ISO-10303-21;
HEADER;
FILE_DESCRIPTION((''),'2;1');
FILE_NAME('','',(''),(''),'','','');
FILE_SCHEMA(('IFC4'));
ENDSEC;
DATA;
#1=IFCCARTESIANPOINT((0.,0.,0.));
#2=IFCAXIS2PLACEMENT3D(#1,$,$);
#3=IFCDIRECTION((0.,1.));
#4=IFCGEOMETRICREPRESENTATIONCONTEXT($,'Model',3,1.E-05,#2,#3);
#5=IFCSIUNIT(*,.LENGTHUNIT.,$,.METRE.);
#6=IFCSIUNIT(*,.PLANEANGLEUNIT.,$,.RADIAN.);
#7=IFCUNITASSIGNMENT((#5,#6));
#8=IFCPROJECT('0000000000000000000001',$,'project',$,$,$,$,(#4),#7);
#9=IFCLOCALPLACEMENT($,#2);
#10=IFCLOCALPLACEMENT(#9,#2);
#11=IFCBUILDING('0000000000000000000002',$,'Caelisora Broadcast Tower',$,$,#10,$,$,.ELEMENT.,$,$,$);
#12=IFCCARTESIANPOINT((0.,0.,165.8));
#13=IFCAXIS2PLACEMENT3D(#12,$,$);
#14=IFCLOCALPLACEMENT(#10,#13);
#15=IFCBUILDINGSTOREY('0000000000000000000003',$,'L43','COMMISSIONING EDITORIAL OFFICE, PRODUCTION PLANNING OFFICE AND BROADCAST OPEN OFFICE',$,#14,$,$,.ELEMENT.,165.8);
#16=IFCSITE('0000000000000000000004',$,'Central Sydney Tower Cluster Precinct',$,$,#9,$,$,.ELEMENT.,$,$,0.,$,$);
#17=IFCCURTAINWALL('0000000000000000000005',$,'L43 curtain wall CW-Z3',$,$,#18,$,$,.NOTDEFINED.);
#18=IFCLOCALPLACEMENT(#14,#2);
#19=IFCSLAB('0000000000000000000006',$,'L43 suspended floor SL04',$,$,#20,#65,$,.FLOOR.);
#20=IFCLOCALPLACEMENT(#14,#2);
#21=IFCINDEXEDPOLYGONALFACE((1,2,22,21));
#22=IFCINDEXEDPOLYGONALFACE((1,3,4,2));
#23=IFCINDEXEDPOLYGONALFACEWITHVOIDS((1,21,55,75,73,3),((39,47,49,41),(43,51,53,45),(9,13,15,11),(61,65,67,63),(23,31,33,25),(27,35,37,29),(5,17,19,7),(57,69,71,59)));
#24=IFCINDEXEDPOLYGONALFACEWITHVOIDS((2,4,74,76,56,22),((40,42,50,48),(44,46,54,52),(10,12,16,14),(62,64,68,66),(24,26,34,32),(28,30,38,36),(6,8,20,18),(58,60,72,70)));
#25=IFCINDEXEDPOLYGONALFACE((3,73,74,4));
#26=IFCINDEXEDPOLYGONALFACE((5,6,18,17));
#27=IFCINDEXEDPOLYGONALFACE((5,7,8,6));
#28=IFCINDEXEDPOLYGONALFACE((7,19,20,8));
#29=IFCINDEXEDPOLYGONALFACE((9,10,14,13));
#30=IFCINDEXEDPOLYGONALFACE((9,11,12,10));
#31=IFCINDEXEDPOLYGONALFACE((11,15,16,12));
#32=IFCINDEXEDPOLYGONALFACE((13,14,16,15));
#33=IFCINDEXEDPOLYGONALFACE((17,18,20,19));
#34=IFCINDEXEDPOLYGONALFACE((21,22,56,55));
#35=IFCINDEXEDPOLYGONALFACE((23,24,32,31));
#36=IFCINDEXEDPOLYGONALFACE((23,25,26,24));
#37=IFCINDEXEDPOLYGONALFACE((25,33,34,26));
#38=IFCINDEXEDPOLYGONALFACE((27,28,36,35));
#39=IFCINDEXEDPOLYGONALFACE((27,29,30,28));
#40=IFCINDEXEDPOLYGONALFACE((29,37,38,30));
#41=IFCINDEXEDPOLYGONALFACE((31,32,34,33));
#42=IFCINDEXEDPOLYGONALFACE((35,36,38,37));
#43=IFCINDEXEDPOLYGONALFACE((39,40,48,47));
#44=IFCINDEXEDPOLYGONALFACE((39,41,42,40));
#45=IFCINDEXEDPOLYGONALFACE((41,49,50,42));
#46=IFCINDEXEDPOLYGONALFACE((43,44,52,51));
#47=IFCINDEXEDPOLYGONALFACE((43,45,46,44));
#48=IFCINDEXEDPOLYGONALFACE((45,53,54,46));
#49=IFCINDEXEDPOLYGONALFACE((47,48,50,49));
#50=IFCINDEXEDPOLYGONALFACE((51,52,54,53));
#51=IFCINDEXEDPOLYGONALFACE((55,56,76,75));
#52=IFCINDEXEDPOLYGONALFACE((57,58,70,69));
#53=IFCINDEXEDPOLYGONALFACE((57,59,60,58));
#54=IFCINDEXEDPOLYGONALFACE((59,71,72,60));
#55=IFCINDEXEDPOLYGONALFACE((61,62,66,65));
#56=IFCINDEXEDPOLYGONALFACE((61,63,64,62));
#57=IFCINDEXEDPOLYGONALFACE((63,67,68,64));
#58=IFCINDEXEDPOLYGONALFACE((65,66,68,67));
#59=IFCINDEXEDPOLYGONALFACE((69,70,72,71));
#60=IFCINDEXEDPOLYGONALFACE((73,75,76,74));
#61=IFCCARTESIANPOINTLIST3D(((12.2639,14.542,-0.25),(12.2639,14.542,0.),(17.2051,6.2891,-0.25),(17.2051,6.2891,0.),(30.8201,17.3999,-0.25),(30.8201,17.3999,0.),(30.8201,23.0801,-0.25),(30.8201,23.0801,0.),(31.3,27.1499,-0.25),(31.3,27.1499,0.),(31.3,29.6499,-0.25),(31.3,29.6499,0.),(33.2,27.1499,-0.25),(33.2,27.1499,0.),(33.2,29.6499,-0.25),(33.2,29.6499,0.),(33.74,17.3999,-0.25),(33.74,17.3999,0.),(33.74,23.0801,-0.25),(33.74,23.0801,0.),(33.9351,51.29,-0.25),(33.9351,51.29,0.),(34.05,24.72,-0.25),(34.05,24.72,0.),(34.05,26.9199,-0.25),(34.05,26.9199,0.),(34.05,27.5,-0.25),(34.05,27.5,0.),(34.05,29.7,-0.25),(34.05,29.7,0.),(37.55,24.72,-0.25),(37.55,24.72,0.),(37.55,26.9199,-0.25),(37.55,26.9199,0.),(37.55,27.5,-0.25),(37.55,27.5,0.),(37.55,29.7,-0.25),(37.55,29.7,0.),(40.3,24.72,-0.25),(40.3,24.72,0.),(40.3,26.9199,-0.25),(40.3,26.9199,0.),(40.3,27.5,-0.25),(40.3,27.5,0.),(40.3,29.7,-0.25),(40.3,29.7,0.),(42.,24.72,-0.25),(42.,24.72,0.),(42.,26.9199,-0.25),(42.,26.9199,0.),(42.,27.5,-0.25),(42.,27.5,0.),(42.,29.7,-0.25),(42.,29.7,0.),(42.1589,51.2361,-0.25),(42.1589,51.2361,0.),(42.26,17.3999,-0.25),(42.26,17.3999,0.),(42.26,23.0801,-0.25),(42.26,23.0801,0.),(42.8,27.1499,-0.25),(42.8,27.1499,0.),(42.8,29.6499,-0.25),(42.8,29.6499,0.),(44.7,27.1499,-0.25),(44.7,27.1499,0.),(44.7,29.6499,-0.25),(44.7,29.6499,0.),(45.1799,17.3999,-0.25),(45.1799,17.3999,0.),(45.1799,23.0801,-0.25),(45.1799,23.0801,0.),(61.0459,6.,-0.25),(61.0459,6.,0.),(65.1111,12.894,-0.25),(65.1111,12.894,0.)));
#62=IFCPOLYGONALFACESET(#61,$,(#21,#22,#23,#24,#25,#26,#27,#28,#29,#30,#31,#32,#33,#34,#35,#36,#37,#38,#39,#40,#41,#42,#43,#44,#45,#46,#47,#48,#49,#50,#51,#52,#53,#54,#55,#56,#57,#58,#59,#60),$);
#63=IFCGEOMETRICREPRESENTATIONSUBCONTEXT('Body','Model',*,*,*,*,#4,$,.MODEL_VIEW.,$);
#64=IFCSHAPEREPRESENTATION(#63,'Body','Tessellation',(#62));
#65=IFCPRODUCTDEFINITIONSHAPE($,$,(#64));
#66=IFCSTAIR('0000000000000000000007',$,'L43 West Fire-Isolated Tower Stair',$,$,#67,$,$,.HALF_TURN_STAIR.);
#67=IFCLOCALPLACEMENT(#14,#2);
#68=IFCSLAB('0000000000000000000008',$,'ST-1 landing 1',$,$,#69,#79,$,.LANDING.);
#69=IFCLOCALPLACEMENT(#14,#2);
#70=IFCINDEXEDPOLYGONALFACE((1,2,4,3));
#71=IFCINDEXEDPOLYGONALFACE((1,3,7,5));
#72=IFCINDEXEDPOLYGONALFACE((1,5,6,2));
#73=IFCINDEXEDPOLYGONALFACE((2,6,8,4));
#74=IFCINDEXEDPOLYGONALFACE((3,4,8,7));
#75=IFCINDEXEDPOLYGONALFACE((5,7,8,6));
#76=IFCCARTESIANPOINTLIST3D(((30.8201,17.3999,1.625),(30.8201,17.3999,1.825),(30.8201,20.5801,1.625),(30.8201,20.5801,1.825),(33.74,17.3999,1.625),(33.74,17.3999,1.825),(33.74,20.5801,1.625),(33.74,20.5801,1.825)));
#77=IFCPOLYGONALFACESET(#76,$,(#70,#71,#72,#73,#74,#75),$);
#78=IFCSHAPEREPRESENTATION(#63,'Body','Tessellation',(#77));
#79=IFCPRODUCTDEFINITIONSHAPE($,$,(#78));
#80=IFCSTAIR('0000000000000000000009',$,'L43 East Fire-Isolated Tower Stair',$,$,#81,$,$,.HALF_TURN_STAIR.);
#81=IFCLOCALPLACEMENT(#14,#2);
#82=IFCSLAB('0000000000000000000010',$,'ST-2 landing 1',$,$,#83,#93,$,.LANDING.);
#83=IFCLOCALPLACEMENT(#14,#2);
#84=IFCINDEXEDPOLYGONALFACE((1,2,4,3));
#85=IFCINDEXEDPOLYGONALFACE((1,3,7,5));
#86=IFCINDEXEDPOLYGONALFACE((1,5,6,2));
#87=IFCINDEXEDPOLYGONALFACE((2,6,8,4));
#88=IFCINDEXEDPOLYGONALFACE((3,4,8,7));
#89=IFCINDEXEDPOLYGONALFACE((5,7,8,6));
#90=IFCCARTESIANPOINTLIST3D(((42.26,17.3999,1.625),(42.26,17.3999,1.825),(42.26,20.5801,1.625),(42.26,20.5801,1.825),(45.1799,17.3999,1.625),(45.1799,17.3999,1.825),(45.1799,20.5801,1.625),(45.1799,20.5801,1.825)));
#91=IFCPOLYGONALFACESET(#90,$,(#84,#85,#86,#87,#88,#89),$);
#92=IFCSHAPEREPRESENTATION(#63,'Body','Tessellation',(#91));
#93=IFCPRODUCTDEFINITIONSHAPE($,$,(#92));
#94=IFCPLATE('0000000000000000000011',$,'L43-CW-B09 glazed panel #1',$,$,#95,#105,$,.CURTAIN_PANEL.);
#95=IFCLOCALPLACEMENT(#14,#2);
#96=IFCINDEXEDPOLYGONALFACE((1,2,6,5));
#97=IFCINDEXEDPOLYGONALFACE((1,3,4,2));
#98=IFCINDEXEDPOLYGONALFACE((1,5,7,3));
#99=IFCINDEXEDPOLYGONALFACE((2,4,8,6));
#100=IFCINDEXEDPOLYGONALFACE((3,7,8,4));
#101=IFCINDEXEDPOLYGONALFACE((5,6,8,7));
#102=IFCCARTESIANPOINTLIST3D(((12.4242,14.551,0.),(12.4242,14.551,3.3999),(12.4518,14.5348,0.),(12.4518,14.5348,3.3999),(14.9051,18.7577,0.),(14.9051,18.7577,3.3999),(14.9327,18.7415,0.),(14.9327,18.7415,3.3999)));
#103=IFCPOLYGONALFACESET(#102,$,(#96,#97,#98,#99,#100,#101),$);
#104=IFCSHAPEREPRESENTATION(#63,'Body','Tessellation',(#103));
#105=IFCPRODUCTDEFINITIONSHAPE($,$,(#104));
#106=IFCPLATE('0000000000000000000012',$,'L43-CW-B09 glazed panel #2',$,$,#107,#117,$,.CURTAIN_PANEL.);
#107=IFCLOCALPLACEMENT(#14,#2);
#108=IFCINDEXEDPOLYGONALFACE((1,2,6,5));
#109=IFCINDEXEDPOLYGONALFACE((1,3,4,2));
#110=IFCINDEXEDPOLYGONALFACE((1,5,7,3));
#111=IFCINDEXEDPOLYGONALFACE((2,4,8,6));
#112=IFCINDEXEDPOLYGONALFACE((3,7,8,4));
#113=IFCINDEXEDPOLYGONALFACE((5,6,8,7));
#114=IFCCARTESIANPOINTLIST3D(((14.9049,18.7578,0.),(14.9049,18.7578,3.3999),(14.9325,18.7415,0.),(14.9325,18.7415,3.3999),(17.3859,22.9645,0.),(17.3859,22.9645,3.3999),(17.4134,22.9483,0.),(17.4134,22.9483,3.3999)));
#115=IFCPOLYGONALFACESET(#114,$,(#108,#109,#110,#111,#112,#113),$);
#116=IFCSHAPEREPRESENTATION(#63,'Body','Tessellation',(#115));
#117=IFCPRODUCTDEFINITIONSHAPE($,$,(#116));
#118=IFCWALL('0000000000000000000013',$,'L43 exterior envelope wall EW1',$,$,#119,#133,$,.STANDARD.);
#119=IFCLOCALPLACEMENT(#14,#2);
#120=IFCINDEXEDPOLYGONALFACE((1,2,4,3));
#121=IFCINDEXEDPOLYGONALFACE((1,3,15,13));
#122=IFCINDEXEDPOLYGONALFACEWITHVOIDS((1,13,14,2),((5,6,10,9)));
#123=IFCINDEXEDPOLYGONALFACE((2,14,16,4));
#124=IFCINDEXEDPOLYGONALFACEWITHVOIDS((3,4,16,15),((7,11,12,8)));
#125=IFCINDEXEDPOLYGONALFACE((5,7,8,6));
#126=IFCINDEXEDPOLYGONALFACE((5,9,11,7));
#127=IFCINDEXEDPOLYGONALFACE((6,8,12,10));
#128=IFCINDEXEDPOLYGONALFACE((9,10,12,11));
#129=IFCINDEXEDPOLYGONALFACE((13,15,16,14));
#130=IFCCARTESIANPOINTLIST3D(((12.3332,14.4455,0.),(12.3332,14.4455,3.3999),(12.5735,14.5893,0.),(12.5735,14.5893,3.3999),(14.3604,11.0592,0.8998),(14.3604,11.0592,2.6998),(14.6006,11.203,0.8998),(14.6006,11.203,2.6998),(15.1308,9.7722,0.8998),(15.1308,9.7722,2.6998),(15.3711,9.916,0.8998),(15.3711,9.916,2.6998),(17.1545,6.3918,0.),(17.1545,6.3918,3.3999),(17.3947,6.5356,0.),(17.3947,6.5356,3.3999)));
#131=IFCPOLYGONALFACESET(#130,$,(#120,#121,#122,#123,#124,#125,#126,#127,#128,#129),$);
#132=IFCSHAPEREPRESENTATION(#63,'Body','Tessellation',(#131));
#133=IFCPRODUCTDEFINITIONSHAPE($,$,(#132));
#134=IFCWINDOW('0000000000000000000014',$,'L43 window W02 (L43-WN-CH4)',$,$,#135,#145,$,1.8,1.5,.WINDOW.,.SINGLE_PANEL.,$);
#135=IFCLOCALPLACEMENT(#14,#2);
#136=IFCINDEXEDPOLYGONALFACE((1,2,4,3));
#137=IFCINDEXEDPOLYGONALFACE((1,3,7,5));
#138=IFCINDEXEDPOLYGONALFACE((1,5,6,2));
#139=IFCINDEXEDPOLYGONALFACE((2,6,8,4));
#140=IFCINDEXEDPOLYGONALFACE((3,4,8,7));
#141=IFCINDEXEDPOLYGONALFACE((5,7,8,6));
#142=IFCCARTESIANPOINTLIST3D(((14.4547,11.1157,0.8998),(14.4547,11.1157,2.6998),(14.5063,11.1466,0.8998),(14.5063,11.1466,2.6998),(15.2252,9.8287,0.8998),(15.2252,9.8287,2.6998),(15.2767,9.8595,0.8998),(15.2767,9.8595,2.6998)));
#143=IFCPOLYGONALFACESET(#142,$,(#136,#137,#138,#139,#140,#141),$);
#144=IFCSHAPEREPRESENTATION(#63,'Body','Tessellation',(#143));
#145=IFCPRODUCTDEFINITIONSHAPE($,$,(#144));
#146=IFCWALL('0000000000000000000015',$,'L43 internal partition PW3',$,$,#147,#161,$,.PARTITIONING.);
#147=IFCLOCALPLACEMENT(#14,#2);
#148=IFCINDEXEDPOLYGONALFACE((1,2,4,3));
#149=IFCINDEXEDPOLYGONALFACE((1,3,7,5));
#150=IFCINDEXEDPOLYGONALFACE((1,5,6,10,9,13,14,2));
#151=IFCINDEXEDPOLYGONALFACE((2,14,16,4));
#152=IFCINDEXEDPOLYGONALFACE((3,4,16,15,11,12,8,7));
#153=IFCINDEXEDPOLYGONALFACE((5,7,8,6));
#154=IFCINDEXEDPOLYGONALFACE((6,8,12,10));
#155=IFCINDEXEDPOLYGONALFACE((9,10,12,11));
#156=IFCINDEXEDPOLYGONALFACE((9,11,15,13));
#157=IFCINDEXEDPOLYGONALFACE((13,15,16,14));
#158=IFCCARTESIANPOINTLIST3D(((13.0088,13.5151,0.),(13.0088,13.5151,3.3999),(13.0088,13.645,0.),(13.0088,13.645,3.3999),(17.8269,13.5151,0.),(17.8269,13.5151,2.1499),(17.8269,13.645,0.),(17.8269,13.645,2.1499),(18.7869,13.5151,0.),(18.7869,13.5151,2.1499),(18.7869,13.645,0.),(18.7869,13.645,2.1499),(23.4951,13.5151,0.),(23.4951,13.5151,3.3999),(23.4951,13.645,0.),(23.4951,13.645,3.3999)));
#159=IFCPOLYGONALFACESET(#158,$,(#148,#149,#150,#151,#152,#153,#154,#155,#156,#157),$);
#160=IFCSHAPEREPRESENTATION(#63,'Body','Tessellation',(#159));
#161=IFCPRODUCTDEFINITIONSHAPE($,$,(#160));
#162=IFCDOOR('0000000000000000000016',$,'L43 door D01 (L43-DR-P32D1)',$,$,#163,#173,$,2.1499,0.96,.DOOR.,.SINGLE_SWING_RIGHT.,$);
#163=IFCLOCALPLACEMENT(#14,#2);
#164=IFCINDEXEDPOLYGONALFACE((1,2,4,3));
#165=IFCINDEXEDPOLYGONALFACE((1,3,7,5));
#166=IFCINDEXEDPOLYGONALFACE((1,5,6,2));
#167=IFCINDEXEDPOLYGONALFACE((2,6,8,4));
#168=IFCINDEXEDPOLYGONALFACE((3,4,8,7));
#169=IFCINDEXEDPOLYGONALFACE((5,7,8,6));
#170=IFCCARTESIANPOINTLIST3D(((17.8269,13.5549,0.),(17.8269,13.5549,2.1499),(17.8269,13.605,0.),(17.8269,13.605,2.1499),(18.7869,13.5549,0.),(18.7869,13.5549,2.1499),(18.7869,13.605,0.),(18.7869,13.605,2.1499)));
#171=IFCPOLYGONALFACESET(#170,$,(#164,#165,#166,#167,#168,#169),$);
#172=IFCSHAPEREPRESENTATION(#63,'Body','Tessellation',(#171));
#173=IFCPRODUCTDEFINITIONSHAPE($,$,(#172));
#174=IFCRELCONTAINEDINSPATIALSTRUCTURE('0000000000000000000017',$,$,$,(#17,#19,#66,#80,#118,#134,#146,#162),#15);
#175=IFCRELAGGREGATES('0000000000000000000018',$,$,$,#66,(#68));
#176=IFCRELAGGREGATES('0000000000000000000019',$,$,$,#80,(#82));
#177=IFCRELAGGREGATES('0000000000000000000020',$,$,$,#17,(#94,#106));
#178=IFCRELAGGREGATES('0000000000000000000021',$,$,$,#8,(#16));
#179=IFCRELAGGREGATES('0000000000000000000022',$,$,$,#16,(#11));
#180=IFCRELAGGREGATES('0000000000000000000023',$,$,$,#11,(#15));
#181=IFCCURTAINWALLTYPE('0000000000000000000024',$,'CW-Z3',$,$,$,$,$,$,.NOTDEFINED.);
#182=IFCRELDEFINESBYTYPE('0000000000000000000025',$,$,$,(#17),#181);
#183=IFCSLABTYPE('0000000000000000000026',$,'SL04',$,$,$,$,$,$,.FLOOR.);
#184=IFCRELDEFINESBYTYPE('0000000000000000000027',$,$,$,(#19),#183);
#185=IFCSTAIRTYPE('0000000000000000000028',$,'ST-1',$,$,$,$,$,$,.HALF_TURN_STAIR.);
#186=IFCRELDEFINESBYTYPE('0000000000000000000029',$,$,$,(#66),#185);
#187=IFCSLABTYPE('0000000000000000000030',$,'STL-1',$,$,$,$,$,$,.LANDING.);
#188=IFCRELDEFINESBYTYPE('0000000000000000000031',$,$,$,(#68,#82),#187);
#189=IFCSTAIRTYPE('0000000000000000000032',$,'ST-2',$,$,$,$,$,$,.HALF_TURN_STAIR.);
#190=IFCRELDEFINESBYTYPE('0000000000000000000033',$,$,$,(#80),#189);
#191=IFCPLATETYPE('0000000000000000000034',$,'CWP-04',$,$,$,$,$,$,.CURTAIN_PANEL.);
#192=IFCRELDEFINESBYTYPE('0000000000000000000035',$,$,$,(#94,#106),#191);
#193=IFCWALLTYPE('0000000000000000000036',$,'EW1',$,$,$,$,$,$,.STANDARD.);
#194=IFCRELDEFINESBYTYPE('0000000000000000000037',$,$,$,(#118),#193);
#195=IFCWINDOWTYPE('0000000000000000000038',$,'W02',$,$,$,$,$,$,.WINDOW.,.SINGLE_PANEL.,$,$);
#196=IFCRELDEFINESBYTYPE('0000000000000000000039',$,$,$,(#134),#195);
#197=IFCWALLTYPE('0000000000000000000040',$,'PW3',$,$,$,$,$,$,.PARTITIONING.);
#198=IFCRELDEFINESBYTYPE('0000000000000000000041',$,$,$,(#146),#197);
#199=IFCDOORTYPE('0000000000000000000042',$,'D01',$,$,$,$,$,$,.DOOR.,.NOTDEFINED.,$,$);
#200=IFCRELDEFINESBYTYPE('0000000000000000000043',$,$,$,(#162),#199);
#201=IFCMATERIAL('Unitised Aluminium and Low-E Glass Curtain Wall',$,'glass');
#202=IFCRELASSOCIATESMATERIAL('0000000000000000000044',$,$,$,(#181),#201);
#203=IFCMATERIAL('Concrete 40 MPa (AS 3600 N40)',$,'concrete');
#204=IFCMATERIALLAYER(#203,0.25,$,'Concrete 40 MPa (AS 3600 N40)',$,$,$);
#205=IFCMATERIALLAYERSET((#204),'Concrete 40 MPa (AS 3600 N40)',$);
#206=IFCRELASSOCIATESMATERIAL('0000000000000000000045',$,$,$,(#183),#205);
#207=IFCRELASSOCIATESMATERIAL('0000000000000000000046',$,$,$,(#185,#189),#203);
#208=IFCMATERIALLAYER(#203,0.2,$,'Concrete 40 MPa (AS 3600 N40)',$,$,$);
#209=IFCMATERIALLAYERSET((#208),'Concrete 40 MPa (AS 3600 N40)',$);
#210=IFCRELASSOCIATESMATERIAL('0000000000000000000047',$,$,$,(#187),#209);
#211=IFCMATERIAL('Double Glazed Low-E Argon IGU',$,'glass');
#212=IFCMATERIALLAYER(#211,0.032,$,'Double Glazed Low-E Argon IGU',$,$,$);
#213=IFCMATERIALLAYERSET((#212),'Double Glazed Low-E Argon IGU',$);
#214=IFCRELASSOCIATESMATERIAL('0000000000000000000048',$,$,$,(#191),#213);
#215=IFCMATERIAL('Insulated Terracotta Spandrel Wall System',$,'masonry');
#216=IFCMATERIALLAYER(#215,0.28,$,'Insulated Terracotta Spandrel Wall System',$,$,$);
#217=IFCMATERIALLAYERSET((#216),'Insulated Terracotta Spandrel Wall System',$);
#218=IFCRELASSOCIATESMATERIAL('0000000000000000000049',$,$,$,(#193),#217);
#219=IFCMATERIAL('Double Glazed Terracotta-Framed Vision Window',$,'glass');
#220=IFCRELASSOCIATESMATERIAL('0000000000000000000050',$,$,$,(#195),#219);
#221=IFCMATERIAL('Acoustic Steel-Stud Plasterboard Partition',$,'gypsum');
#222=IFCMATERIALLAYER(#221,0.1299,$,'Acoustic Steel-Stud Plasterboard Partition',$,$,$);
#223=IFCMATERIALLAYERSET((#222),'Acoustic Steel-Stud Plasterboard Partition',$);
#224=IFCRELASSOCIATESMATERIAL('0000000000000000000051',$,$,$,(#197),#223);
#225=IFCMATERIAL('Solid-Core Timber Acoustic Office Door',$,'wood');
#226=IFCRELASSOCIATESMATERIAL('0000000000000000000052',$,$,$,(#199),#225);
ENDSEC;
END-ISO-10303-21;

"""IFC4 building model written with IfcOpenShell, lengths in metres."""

from ifc_helpers import new_model, si_unit, direction, frame, frame_2d, origin, origin_2d, place, context, subcontext, project, spatial, polyline, rectangle, outline, extrude, source, transform, mapped, material, layer, layer_set, type_object, type_shapes, element, fill, aggregate, save


model = new_model("IFC4")

# Units and contexts
model_context = context("Model", 3, precision=1e-05, world=origin(), true_north=direction((0.0, 1.0)))
body_context = subcontext(model_context, "Body", "Model", "MODEL_VIEW")
ifc_project = project(units=[si_unit("LENGTHUNIT", "METRE"), si_unit("PLANEANGLEUNIT", "RADIAN")], contexts=[model_context])

# Site, building, storey
site_placement = place(None, origin())
site = spatial("IfcSite", under=ifc_project, at=site_placement, Name="Central Sydney Tower Cluster Precinct", CompositionType="ELEMENT", RefElevation=0.0)
building_placement = place(site_placement, origin())
building = spatial("IfcBuilding", under=site, at=building_placement, Name="Caelisora Broadcast Tower", CompositionType="ELEMENT")
storey_placement = place(building_placement, frame((0.0, 0.0, 165.8)))
storey = spatial("IfcBuildingStorey", under=building, at=storey_placement, Name="L43", Description="COMMISSIONING EDITORIAL OFFICE, PRODUCTION PLANNING OFFICE AND BROADCAST OPEN OFFICE", CompositionType="ELEMENT", Elevation=165.8)

# Shared definitions
ifc_material_1 = material(Name="Unitised Aluminium and Low-E Glass Curtain Wall", Category="glass")
curtain_wall_type = type_object("IfcCurtainWallType", Name="CW-Z3", PredefinedType="NOTDEFINED", material=ifc_material_1)

# Curtain wall
curtain_wall_1_placement = place(storey_placement, origin())
curtain_wall_1 = element("IfcCurtainWall", 1, at=curtain_wall_1_placement, inside=storey, type_object=curtain_wall_type, Name="L43 curtain wall CW-Z3", PredefinedType="NOTDEFINED")

# Slab
ifc_material_2 = material(Name="Concrete 40 MPa (AS 3600 N40)", Category="concrete")
ifc_layer_1 = layer(ifc_material_2, 0.25, Name="Concrete 40 MPa (AS 3600 N40)")
ifc_layer_set_1 = layer_set([ifc_layer_1], Name="Concrete 40 MPa (AS 3600 N40)")
slab_type_1 = type_object("IfcSlabType", Name="SL04", PredefinedType="FLOOR", material=ifc_layer_set_1)
slab_1_placement = place(storey_placement, frame((0.0, 0.0, -0.25)))
element("IfcSlab", 2, at=slab_1_placement, inside=storey, type_object=slab_type_1, Name="L43 suspended floor SL04", PredefinedType="FLOOR", context=body_context, shape_type="SweptSolid", body=[
    extrude(outline(polyline([(42.1589, 51.2361), (33.9351, 51.29), (12.2639, 14.542), (17.2051, 6.2891), (61.0459, 6.0), (65.1111, 12.894), (42.1589, 51.2361)]), holes=[polyline([(30.8201, 17.3999), (33.74, 17.3999), (33.74, 23.0801), (30.8201, 23.0801), (30.8201, 17.3999)]), polyline([(42.26, 17.3999), (45.1799, 17.3999), (45.1799, 23.0801), (42.26, 23.0801), (42.26, 17.3999)]), polyline([(42.8, 27.1499), (44.7, 27.1499), (44.7, 29.6499), (42.8, 29.6499), (42.8, 27.1499)]), polyline([(40.3, 24.72), (42.0, 24.72), (42.0, 26.9199), (40.3, 26.9199), (40.3, 24.72)]), polyline([(40.3, 27.5), (42.0, 27.5), (42.0, 29.7), (40.3, 29.7), (40.3, 27.5)]), polyline([(34.05, 24.72), (37.55, 24.72), (37.55, 26.9199), (34.05, 26.9199), (34.05, 24.72)]), polyline([(34.05, 27.5), (37.55, 27.5), (37.55, 29.7), (34.05, 29.7), (34.05, 27.5)]), polyline([(31.3, 27.1499), (33.2, 27.1499), (33.2, 29.6499), (31.3, 29.6499), (31.3, 27.1499)])]), origin(), (0.0, 0.0, 1.0), 0.25),
])

# Stairs, slabs
stair_type_1 = type_object("IfcStairType", Name="ST-1", PredefinedType="HALF_TURN_STAIR", material=ifc_material_2)
stair_1_placement = place(storey_placement, origin())
stair_1 = element("IfcStair", 3, at=stair_1_placement, inside=storey, type_object=stair_type_1, Name="L43 West Fire-Isolated Tower Stair", PredefinedType="HALF_TURN_STAIR")
ifc_layer_2 = layer(ifc_material_2, 0.2, Name="Concrete 40 MPa (AS 3600 N40)")
ifc_layer_set_2 = layer_set([ifc_layer_2], Name="Concrete 40 MPa (AS 3600 N40)")
slab_type_2 = type_object("IfcSlabType", Name="STL-1", PredefinedType="LANDING", material=ifc_layer_set_2)
slab_2_placement = place(storey_placement, frame((0.0, 0.0, 1.625)))
slab_2 = element("IfcSlab", 4, at=slab_2_placement, type_object=slab_type_2, Name="ST-1 landing 1", PredefinedType="LANDING", context=body_context, shape_type="SweptSolid", body=[
    extrude(outline(polyline([(30.8201, 20.5801), (30.8201, 17.3999), (33.74, 17.3999), (33.74, 20.5801), (30.8201, 20.5801)])), origin(), (0.0, 0.0, 1.0), 0.2),
])
aggregate(stair_1, [slab_2])
stair_type_2 = type_object("IfcStairType", Name="ST-2", PredefinedType="HALF_TURN_STAIR", material=ifc_material_2)
stair_2_placement = place(storey_placement, origin())
stair_2 = element("IfcStair", 5, at=stair_2_placement, inside=storey, type_object=stair_type_2, Name="L43 East Fire-Isolated Tower Stair", PredefinedType="HALF_TURN_STAIR")
slab_3_placement = place(storey_placement, frame((0.0, 0.0, 1.625)))
slab_3 = element("IfcSlab", 6, at=slab_3_placement, type_object=slab_type_2, Name="ST-2 landing 1", PredefinedType="LANDING", context=body_context, shape_type="SweptSolid", body=[
    extrude(outline(polyline([(42.26, 20.5801), (42.26, 17.3999), (45.1799, 17.3999), (45.1799, 20.5801), (42.26, 20.5801)])), origin(), (0.0, 0.0, 1.0), 0.2),
])
aggregate(stair_2, [slab_3])

# Plates
ifc_material_3 = material(Name="Double Glazed Low-E Argon IGU", Category="glass")
ifc_layer_3 = layer(ifc_material_3, 0.032, Name="Double Glazed Low-E Argon IGU")
ifc_layer_set_3 = layer_set([ifc_layer_3], Name="Double Glazed Low-E Argon IGU")
plate_type = type_object("IfcPlateType", Name="CWP-04", PredefinedType="CURTAIN_PANEL", material=ifc_layer_set_3)
shared_shape_1 = source(origin(), body_context, "Body", "SweptSolid", [
    extrude(rectangle(XDim=4.8838, YDim=0.032, at=origin_2d()), origin(), (0.0, 0.0, 1.0), 3.3999),
])
type_shapes(plate_type, [shared_shape_1])
plate_1_placement = place(storey_placement, frame((13.6785, 16.6462, 0.0), z_axis=(0.0, 0.0, 1.0), x_axis=(0.507989, 0.861363, 0.0)))
plate_1 = element("IfcPlate", 7, at=plate_1_placement, type_object=plate_type, Name="L43-CW-B09 glazed panel #1", PredefinedType="CURTAIN_PANEL", context=body_context, shape_type="MappedRepresentation", body=[
    mapped(shared_shape_1, transform((0.0, 0.0, 0.0), scale=1.0)),
])
plate_2_placement = place(storey_placement, frame((16.1592, 20.853, 0.0), z_axis=(0.0, 0.0, 1.0), x_axis=(0.507989, 0.861363, 0.0)))
plate_2 = element("IfcPlate", 8, at=plate_2_placement, type_object=plate_type, Name="L43-CW-B09 glazed panel #2", PredefinedType="CURTAIN_PANEL", context=body_context, shape_type="MappedRepresentation", body=[
    mapped(shared_shape_1, transform((0.0, 0.0, 0.0), scale=1.0)),
])
aggregate(curtain_wall_1, [plate_1, plate_2])

# Wall, opening, window
ifc_material_4 = material(Name="Insulated Terracotta Spandrel Wall System", Category="masonry")
ifc_layer_4 = layer(ifc_material_4, 0.28, Name="Insulated Terracotta Spandrel Wall System")
ifc_layer_set_4 = layer_set([ifc_layer_4], Name="Insulated Terracotta Spandrel Wall System")
wall_type_1 = type_object("IfcWallType", Name="EW1", PredefinedType="STANDARD", material=ifc_layer_set_4)
wall_1_placement = place(storey_placement, frame((17.2747, 6.4636, 0.0), z_axis=(0.0, 0.0, 1.0), x_axis=(-0.513639, 0.858007, 0.0)))
wall_1 = element("IfcWall", 9, at=wall_1_placement, inside=storey, type_object=wall_type_1, Name="L43 exterior envelope wall EW1", PredefinedType="STANDARD", context=body_context, shape_type="SweptSolid", body=[
    extrude(rectangle(XDim=9.3865, YDim=0.28, at=frame_2d((4.6934, 0.0))), origin(), (0.0, 0.0, 1.0), 3.3999),
])
opening_1_placement = place(wall_1_placement, frame((3.9399, 0.0, 0.8999)))
opening_1 = element("IfcOpeningElement", 10, at=opening_1_placement, cuts=wall_1, PredefinedType="OPENING", context=body_context, shape_type="SweptSolid", body=[
    extrude(rectangle(XDim=1.5, YDim=1.8, at=frame_2d((0.75, 0.8999))), frame((0.0, 0.1521, 0.0), z_axis=(0.0, -1.0, 0.0), x_axis=(1.0, 0.0, 0.0)), (0.0, 0.0, 1.0), 0.304),
])
ifc_material_5 = material(Name="Double Glazed Terracotta-Framed Vision Window", Category="glass")
window_type = type_object("IfcWindowType", Name="W02", PartitioningType="SINGLE_PANEL", PredefinedType="WINDOW", material=ifc_material_5)
window_placement = place(opening_1_placement, origin())
window = element("IfcWindow", 11, at=window_placement, inside=storey, type_object=window_type, Name="L43 window W02 (L43-WN-CH4)", OverallHeight=1.8, OverallWidth=1.5, PartitioningType="SINGLE_PANEL", PredefinedType="WINDOW", context=body_context, shape_type="SweptSolid", body=[
    extrude(rectangle(XDim=1.5, YDim=1.8, at=frame_2d((0.75, 0.8999))), frame((0.0, 0.03, 0.0), z_axis=(0.0, -1.0, 0.0), x_axis=(1.0, 0.0, 0.0)), (0.0, 0.0, 1.0), 0.0601),
])
fill(opening_1, window)

# Wall, opening, door
ifc_material_6 = material(Name="Acoustic Steel-Stud Plasterboard Partition", Category="gypsum")
ifc_layer_5 = layer(ifc_material_6, 0.1299, Name="Acoustic Steel-Stud Plasterboard Partition")
ifc_layer_set_5 = layer_set([ifc_layer_5], Name="Acoustic Steel-Stud Plasterboard Partition")
wall_type_2 = type_object("IfcWallType", Name="PW3", PredefinedType="PARTITIONING", material=ifc_layer_set_5)
wall_2_placement = place(storey_placement, frame((13.0088, 13.5801, 0.0), z_axis=(0.0, 0.0, 1.0), x_axis=(1.0, 0.0, 0.0)))
wall_2 = element("IfcWall", 12, at=wall_2_placement, inside=storey, type_object=wall_type_2, Name="L43 internal partition PW3", PredefinedType="PARTITIONING", context=body_context, shape_type="SweptSolid", body=[
    extrude(rectangle(XDim=10.4863, YDim=0.1299, at=frame_2d((5.2432, 0.0))), origin(), (0.0, 0.0, 1.0), 3.3999),
])
opening_2_placement = place(wall_2_placement, frame((4.8181, 0.0, 0.0)))
opening_2 = element("IfcOpeningElement", 13, at=opening_2_placement, cuts=wall_2, PredefinedType="OPENING", context=body_context, shape_type="SweptSolid", body=[
    extrude(rectangle(XDim=0.96, YDim=2.1499, at=frame_2d((0.48, 1.075))), frame((0.0, 0.0769, 0.0), z_axis=(0.0, -1.0, 0.0), x_axis=(1.0, 0.0, 0.0)), (0.0, 0.0, 1.0), 0.1538),
])
ifc_material_7 = material(Name="Solid-Core Timber Acoustic Office Door", Category="wood")
door_type = type_object("IfcDoorType", Name="D01", OperationType="NOTDEFINED", PredefinedType="DOOR", material=ifc_material_7)
door_placement = place(opening_2_placement, origin())
door = element("IfcDoor", 14, at=door_placement, inside=storey, type_object=door_type, Name="L43 door D01 (L43-DR-P32D1)", OperationType="SINGLE_SWING_RIGHT", OverallHeight=2.1499, OverallWidth=0.96, PredefinedType="DOOR", context=body_context, shape_type="SweptSolid", body=[
    extrude(rectangle(XDim=0.96, YDim=2.1499, at=frame_2d((0.48, 1.075))), frame((0.0, 0.0249, 0.0), z_axis=(0.0, -1.0, 0.0), x_axis=(1.0, 0.0, 0.0)), (0.0, 0.0, 1.0), 0.05),
])
fill(opening_2, door)

save(model, "model.ifc")
